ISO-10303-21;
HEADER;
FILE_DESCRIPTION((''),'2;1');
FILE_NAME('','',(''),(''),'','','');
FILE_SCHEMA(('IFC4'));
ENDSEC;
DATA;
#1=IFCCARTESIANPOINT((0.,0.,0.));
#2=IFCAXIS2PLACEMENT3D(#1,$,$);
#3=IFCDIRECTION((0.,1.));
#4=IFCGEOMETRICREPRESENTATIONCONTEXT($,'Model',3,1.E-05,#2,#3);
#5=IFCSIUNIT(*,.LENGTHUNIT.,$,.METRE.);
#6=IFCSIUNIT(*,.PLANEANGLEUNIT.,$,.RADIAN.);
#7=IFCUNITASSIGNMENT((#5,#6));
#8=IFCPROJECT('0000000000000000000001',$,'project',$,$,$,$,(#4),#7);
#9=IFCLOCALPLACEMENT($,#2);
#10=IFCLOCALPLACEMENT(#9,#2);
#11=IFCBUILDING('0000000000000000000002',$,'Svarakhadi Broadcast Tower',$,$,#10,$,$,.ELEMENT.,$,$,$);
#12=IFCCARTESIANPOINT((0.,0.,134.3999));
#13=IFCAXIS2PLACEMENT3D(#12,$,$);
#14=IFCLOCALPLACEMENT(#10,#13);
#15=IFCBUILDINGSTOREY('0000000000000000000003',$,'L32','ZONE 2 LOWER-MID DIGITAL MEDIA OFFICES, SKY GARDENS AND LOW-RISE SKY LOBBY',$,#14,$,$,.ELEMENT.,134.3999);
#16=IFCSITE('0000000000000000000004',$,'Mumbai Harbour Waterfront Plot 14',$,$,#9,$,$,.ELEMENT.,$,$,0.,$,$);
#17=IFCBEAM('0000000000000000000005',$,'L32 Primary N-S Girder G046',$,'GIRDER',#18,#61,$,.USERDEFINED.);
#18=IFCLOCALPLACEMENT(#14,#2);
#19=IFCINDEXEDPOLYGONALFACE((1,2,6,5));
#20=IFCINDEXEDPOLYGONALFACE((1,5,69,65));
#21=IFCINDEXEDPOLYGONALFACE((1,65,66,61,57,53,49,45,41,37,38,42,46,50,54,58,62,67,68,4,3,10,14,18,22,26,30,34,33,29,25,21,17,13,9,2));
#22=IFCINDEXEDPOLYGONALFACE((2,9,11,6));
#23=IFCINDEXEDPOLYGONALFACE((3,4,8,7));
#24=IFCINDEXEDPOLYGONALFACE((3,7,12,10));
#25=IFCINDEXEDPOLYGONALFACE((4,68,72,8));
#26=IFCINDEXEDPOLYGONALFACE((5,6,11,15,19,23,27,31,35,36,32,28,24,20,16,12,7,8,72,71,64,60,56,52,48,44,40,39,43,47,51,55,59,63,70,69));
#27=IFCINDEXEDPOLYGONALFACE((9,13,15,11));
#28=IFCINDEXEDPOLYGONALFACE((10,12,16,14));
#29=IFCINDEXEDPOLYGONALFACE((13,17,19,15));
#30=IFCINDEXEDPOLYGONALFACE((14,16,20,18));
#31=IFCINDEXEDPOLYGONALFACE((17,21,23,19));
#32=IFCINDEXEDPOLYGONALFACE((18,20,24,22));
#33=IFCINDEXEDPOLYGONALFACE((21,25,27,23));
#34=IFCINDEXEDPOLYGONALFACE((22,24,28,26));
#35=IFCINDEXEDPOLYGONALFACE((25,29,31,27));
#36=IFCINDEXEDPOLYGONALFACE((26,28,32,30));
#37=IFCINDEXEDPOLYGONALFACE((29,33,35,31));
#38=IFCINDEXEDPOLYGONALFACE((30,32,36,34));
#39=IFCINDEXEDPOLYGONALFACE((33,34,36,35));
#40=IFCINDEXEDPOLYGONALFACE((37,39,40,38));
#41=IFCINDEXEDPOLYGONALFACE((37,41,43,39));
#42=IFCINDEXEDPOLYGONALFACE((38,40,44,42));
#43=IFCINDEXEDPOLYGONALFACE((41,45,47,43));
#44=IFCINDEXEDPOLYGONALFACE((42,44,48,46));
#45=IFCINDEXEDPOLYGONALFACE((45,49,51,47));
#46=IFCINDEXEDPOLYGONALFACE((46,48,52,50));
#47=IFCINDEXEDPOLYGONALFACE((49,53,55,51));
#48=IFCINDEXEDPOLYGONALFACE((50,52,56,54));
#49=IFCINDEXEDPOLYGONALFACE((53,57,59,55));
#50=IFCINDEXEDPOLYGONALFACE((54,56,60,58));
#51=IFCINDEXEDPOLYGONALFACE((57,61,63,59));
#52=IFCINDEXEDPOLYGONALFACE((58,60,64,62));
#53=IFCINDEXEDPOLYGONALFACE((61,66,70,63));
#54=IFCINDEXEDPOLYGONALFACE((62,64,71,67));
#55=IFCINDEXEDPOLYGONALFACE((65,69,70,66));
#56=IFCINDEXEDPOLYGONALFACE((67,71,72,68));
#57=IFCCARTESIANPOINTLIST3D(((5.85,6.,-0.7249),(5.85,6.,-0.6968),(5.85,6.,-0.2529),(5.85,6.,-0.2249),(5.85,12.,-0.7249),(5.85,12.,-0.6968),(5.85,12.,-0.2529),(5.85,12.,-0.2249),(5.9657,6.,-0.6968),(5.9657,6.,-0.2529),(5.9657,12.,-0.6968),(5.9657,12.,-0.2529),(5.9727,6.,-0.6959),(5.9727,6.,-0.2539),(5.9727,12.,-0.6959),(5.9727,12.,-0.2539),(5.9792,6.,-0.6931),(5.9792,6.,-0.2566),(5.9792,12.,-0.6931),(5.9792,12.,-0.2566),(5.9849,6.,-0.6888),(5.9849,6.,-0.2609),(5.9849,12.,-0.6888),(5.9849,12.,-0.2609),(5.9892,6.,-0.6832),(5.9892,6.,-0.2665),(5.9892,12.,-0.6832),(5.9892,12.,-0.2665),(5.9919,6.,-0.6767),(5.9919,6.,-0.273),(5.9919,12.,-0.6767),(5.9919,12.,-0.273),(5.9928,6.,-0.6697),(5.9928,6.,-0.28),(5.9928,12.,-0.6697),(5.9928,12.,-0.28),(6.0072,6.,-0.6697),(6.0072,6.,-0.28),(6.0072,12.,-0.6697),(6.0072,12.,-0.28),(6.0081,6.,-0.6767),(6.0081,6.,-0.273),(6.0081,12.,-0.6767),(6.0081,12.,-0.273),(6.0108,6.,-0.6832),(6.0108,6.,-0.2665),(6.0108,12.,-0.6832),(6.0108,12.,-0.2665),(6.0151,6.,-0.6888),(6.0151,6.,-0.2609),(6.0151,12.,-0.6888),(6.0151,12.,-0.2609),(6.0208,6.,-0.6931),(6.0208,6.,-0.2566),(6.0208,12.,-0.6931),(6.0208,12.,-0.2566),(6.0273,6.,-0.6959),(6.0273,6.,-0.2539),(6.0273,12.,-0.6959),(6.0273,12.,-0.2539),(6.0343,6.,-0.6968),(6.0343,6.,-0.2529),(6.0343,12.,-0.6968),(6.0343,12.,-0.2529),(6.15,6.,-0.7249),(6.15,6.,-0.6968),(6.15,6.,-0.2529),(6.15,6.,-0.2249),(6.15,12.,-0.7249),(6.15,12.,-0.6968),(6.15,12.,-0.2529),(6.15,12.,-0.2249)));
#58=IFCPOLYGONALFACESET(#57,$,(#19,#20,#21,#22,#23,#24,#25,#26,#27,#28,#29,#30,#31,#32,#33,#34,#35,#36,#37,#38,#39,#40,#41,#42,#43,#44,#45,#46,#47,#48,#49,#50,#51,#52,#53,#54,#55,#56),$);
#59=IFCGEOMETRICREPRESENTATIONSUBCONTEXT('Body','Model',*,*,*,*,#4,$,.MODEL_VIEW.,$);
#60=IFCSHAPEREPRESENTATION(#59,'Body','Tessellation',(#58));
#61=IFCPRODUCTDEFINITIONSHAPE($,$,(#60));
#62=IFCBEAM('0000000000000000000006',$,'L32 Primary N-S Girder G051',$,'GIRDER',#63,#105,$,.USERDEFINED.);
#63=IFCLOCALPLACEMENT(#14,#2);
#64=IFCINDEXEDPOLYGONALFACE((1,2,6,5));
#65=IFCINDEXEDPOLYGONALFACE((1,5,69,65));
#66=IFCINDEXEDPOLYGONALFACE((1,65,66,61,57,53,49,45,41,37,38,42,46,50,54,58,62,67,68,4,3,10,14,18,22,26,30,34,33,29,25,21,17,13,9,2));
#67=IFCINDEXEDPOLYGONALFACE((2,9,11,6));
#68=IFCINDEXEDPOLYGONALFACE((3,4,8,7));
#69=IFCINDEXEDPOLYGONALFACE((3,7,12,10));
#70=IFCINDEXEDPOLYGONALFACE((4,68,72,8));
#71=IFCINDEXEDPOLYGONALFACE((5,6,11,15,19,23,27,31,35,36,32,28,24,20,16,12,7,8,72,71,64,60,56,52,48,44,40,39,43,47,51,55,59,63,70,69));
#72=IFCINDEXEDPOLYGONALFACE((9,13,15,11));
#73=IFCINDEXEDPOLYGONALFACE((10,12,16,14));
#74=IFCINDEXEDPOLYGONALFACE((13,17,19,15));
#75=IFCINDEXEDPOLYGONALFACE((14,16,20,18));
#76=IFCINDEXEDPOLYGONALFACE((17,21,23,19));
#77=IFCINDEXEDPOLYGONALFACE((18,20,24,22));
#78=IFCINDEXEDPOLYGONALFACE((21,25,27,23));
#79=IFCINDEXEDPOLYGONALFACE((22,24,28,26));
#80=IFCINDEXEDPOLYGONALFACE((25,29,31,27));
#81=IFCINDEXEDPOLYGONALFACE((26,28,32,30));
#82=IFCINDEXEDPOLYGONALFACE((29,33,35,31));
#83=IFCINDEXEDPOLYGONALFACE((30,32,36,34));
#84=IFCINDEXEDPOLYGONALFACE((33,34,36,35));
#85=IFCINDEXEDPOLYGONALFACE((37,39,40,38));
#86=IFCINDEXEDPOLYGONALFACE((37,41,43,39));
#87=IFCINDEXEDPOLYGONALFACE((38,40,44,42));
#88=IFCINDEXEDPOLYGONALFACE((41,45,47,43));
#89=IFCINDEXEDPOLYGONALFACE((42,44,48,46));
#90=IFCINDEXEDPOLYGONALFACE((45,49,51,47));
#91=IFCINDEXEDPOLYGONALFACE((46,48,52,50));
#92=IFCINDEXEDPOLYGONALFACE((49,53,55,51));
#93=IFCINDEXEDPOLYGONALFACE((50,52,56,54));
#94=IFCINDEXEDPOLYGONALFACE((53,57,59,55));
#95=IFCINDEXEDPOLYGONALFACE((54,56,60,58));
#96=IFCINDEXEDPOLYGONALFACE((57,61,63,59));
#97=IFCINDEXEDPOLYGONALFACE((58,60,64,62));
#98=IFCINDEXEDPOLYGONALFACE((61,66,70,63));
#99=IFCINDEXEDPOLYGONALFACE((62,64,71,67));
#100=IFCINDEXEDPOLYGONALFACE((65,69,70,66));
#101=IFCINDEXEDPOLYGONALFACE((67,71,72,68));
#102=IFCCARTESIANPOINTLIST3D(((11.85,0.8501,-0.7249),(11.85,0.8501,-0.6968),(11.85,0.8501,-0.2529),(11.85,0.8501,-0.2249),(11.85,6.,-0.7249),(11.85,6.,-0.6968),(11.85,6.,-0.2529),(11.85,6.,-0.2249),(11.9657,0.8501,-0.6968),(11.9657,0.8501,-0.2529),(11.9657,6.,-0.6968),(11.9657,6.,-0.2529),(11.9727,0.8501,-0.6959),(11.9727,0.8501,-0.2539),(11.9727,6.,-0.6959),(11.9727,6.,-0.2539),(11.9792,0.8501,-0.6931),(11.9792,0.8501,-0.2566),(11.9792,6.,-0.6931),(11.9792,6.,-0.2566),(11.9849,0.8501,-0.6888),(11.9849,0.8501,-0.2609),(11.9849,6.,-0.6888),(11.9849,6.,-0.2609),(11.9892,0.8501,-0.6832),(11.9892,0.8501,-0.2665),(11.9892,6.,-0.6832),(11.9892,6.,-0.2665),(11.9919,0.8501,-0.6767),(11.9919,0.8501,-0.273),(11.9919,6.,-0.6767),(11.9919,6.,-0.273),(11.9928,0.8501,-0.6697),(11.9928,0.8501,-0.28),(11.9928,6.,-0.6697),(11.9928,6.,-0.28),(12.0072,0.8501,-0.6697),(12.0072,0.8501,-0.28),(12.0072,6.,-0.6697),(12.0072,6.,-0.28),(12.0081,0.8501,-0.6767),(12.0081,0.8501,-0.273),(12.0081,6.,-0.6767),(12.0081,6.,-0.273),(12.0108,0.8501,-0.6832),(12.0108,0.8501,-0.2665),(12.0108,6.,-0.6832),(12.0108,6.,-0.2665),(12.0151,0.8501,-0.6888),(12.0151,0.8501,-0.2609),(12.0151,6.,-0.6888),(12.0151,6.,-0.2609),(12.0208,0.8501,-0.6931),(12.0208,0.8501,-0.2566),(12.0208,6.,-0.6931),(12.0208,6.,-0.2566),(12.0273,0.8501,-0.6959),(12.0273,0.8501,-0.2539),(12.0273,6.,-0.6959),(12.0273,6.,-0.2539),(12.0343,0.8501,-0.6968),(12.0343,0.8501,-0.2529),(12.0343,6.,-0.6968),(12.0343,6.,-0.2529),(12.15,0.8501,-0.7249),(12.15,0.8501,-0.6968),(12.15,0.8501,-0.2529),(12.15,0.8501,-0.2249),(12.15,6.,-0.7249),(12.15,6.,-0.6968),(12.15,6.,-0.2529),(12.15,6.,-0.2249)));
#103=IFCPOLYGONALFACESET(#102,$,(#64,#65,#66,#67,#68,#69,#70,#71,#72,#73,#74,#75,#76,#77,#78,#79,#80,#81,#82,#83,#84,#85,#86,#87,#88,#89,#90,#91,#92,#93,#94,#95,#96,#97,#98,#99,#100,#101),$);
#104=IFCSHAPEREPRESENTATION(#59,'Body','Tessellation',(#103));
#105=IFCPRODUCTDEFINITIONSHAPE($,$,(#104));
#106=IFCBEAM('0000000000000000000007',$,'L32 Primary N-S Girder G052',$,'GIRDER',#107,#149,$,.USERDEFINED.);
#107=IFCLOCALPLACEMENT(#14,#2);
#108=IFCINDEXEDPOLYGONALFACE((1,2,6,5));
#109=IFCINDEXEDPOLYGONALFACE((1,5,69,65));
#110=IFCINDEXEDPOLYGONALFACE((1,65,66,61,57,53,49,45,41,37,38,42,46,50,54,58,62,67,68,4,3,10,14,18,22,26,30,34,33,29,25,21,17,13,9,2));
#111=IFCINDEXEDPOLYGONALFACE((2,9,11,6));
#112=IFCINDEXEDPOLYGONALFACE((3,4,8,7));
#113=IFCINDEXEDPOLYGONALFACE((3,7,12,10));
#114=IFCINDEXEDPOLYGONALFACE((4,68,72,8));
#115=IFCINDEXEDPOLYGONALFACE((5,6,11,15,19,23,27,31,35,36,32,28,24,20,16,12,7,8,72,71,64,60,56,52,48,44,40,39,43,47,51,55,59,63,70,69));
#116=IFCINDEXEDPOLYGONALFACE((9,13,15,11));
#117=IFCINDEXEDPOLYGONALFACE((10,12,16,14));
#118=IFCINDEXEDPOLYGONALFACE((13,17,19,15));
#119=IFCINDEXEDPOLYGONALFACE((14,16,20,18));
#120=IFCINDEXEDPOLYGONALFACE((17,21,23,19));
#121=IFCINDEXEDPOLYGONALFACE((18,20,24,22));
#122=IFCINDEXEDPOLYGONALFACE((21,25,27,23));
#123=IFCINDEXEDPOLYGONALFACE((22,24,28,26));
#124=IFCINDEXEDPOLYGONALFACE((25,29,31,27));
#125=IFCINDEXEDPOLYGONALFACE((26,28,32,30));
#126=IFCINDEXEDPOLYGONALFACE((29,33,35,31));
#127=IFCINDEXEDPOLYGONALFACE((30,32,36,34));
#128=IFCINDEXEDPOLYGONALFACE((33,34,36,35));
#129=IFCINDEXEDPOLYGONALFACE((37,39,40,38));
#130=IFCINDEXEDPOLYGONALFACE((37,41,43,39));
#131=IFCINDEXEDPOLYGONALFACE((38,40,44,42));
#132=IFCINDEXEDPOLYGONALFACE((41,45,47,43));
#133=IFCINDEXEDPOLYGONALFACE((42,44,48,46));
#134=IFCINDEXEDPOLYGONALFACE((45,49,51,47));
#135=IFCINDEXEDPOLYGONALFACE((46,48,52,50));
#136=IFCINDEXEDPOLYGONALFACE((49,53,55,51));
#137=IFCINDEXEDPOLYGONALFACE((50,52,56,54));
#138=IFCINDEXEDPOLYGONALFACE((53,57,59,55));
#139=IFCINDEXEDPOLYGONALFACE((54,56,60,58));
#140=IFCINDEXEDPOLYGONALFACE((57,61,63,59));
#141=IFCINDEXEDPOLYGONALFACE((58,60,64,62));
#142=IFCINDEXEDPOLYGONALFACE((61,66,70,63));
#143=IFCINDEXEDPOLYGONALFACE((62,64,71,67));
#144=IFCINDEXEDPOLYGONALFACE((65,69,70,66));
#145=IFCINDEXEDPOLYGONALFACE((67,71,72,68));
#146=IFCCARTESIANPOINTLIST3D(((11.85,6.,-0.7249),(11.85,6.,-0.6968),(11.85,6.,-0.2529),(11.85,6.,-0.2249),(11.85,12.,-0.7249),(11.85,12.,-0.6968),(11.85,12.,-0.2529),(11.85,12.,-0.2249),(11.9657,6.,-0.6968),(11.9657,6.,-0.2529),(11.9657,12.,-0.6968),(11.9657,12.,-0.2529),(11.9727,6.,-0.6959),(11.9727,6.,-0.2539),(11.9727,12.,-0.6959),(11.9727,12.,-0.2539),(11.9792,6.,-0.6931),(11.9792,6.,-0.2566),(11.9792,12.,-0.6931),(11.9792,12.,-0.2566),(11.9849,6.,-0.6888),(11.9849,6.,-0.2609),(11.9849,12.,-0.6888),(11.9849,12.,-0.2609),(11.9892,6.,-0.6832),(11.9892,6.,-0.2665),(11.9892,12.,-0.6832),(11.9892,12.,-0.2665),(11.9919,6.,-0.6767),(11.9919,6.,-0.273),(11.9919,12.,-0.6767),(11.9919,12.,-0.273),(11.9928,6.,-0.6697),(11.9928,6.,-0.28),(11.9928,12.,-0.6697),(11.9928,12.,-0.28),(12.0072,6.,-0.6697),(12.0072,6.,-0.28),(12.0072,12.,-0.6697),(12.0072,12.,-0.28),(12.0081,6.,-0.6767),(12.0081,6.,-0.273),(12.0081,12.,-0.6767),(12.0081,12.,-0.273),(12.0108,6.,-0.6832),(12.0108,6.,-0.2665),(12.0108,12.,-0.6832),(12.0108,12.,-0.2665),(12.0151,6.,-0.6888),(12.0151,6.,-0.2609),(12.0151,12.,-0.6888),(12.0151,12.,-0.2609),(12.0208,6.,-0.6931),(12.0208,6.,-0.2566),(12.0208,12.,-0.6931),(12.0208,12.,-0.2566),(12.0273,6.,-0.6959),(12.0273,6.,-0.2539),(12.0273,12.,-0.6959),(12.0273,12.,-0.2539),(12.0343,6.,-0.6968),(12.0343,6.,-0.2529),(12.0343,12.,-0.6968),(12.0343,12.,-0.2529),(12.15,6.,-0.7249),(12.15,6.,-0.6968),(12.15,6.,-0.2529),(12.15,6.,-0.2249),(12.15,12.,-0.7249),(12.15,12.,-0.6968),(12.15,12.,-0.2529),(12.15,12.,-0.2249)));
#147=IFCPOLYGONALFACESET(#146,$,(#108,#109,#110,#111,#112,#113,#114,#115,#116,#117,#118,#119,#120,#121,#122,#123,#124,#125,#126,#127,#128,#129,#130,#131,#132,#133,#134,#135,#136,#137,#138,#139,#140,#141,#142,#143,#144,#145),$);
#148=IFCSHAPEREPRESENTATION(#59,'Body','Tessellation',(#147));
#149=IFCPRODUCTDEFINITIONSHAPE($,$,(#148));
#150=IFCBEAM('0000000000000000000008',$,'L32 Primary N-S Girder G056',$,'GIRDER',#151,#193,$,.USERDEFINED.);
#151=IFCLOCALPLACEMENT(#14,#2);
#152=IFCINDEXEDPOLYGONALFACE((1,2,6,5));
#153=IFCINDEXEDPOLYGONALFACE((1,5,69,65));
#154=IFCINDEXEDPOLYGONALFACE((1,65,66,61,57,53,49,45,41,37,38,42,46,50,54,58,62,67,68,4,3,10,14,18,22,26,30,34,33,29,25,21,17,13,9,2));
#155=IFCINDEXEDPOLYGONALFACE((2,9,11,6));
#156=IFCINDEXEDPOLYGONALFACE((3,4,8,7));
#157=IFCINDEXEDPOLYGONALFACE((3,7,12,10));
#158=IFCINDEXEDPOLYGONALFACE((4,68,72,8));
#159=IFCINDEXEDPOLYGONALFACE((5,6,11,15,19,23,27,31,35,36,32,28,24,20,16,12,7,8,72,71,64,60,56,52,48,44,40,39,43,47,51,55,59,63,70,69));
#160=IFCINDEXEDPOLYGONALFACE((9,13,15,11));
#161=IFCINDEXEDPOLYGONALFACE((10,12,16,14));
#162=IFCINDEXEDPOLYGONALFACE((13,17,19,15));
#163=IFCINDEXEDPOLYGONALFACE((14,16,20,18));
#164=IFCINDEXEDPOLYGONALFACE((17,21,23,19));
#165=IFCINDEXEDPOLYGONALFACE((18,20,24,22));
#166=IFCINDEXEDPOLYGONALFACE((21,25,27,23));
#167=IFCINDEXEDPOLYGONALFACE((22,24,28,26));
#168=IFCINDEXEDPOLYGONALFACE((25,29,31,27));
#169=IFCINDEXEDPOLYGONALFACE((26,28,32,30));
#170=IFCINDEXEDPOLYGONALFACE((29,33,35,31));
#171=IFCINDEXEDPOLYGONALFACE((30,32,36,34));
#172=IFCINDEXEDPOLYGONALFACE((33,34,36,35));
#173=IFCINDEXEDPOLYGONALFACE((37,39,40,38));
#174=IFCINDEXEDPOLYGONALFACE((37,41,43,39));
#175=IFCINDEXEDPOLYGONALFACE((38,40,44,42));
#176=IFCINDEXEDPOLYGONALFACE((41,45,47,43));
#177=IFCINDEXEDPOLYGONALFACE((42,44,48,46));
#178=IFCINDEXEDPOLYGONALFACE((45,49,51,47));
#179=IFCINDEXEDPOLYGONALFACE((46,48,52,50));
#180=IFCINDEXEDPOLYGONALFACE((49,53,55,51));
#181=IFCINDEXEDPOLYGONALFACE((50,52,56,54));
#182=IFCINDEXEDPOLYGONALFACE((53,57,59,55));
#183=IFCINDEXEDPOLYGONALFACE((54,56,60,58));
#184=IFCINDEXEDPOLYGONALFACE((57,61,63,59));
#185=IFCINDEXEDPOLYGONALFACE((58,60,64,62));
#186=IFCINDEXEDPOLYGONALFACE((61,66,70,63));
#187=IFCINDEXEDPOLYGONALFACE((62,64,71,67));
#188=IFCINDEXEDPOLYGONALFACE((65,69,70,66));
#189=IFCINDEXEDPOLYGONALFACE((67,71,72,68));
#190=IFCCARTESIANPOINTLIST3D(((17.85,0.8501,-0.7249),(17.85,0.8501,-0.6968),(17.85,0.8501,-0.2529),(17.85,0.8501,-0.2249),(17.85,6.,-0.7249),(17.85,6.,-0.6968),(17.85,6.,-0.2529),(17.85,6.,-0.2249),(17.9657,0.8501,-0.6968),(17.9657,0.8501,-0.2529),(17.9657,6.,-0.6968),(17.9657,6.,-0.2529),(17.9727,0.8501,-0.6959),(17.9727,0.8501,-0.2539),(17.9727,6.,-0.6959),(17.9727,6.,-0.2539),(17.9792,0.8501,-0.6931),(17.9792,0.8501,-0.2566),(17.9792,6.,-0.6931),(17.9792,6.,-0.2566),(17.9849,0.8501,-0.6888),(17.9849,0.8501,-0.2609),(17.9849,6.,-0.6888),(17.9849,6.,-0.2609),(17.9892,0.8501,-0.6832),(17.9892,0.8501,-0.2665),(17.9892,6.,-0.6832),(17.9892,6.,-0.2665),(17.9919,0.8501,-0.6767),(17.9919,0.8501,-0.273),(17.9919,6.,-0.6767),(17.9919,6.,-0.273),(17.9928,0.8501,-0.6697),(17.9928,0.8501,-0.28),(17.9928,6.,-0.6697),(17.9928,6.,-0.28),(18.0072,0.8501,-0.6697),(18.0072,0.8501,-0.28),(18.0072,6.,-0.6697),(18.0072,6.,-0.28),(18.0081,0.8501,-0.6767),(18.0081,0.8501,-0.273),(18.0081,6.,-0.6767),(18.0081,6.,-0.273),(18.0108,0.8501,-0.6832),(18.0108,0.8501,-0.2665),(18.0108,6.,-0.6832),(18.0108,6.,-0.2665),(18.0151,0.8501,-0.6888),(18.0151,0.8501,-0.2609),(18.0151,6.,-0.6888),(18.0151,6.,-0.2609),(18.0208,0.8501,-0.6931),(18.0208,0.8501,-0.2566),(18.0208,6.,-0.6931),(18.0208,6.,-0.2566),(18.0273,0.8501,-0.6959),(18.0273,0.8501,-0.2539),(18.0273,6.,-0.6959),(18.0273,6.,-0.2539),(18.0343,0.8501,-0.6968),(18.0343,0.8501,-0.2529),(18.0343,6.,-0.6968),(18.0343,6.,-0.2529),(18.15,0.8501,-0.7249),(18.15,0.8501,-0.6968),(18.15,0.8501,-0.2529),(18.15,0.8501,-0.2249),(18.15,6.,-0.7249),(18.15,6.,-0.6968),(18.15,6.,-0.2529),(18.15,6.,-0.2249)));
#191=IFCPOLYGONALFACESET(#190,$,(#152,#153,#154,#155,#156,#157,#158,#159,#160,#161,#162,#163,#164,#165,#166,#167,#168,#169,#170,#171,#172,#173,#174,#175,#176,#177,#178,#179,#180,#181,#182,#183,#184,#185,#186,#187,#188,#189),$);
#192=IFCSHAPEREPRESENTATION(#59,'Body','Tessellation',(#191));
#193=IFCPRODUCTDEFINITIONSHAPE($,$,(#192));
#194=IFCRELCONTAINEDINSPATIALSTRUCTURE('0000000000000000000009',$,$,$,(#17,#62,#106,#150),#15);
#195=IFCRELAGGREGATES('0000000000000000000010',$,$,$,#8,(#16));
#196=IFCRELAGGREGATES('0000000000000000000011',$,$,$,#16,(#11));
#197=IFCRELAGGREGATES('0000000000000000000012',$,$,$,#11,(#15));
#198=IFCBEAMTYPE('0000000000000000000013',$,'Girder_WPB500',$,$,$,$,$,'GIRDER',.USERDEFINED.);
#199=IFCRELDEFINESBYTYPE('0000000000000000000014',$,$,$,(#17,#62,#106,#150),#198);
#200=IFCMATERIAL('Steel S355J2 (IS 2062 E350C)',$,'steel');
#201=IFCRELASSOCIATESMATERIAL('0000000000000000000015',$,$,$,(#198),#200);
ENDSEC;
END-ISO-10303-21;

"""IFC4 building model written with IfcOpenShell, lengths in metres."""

from ifc_helpers import new_model, si_unit, direction, frame, origin, origin_2d, place, context, subcontext, project, spatial, i_section, extrude, material, material_profile, profile_set, type_object, element, save


model = new_model("IFC4")

# Units and contexts
model_context = context("Model", 3, precision=1e-05, world=origin(), true_north=direction((0.0, 1.0)))
body_context = subcontext(model_context, "Body", "Model", "MODEL_VIEW")
ifc_project = project(units=[si_unit("LENGTHUNIT", "METRE"), si_unit("PLANEANGLEUNIT", "RADIAN")], contexts=[model_context])

# Site, building, storey
site_placement = place(None, origin())
site = spatial("IfcSite", under=ifc_project, at=site_placement, Name="Mumbai Harbour Waterfront Plot 14", CompositionType="ELEMENT", RefElevation=0.0)
building_placement = place(site_placement, origin())
building = spatial("IfcBuilding", under=site, at=building_placement, Name="Svarakhadi Broadcast Tower", CompositionType="ELEMENT")
storey_placement = place(building_placement, frame((0.0, 0.0, 134.3999)))
storey = spatial("IfcBuildingStorey", under=building, at=storey_placement, Name="L32", Description="ZONE 2 LOWER-MID DIGITAL MEDIA OFFICES, SKY GARDENS AND LOW-RISE SKY LOBBY", CompositionType="ELEMENT", Elevation=134.3999)

# Shared definitions
ifc_material_1 = material(Name="Steel S355J2 (IS 2062 E350C)", Category="steel")

# Beams
ifc_material_profile_1 = material_profile(ifc_material_1, i_section(OverallWidth=0.3, OverallDepth=0.5, WebThickness=0.0144, FlangeThickness=0.0281, FilletRadius=0.0271, at=origin_2d()), Name="WPB 500x300x187")
ifc_profile_set_1 = profile_set([ifc_material_profile_1], Name="Steel S355J2 (IS 2062 E350C)")
beam_type_1 = type_object("IfcBeamType", Name="Girder_WPB500", ElementType="GIRDER", PredefinedType="USERDEFINED", material=ifc_profile_set_1)
beam_1_placement = place(storey_placement, frame((6.0, 6.0, -0.4749), z_axis=(0.0, 1.0, 0.0), x_axis=(-1.0, 0.0, 0.0)))
element("IfcBeam", 1, at=beam_1_placement, inside=storey, type_object=beam_type_1, Name="L32 Primary N-S Girder G046", ObjectType="GIRDER", PredefinedType="USERDEFINED", context=body_context, shape_type="SweptSolid", body=[
    extrude(i_section(OverallWidth=0.3, OverallDepth=0.5, WebThickness=0.0144, FlangeThickness=0.0281, FilletRadius=0.0271, at=origin_2d()), origin(), (0.0, 0.0, 1.0), 6.0),
])
beam_2_placement = place(storey_placement, frame((12.0, 0.8501, -0.4749), z_axis=(0.0, 1.0, 0.0), x_axis=(-1.0, 0.0, 0.0)))
element("IfcBeam", 2, at=beam_2_placement, inside=storey, type_object=beam_type_1, Name="L32 Primary N-S Girder G051", ObjectType="GIRDER", PredefinedType="USERDEFINED", context=body_context, shape_type="SweptSolid", body=[
    extrude(i_section(OverallWidth=0.3, OverallDepth=0.5, WebThickness=0.0144, FlangeThickness=0.0281, FilletRadius=0.0271, at=origin_2d()), origin(), (0.0, 0.0, 1.0), 5.1499),
])
beam_3_placement = place(storey_placement, frame((12.0, 6.0, -0.4749), z_axis=(0.0, 1.0, 0.0), x_axis=(-1.0, 0.0, 0.0)))
element("IfcBeam", 3, at=beam_3_placement, inside=storey, type_object=beam_type_1, Name="L32 Primary N-S Girder G052", ObjectType="GIRDER", PredefinedType="USERDEFINED", context=body_context, shape_type="SweptSolid", body=[
    extrude(i_section(OverallWidth=0.3, OverallDepth=0.5, WebThickness=0.0144, FlangeThickness=0.0281, FilletRadius=0.0271, at=origin_2d()), origin(), (0.0, 0.0, 1.0), 6.0),
])
beam_4_placement = place(storey_placement, frame((18.0, 0.8501, -0.4749), z_axis=(0.0, 1.0, 0.0), x_axis=(-1.0, 0.0, 0.0)))
element("IfcBeam", 4, at=beam_4_placement, inside=storey, type_object=beam_type_1, Name="L32 Primary N-S Girder G056", ObjectType="GIRDER", PredefinedType="USERDEFINED", context=body_context, shape_type="SweptSolid", body=[
    extrude(i_section(OverallWidth=0.3, OverallDepth=0.5, WebThickness=0.0144, FlangeThickness=0.0281, FilletRadius=0.0271, at=origin_2d()), origin(), (0.0, 0.0, 1.0), 5.1499),
])

save(model, "model.ifc")
